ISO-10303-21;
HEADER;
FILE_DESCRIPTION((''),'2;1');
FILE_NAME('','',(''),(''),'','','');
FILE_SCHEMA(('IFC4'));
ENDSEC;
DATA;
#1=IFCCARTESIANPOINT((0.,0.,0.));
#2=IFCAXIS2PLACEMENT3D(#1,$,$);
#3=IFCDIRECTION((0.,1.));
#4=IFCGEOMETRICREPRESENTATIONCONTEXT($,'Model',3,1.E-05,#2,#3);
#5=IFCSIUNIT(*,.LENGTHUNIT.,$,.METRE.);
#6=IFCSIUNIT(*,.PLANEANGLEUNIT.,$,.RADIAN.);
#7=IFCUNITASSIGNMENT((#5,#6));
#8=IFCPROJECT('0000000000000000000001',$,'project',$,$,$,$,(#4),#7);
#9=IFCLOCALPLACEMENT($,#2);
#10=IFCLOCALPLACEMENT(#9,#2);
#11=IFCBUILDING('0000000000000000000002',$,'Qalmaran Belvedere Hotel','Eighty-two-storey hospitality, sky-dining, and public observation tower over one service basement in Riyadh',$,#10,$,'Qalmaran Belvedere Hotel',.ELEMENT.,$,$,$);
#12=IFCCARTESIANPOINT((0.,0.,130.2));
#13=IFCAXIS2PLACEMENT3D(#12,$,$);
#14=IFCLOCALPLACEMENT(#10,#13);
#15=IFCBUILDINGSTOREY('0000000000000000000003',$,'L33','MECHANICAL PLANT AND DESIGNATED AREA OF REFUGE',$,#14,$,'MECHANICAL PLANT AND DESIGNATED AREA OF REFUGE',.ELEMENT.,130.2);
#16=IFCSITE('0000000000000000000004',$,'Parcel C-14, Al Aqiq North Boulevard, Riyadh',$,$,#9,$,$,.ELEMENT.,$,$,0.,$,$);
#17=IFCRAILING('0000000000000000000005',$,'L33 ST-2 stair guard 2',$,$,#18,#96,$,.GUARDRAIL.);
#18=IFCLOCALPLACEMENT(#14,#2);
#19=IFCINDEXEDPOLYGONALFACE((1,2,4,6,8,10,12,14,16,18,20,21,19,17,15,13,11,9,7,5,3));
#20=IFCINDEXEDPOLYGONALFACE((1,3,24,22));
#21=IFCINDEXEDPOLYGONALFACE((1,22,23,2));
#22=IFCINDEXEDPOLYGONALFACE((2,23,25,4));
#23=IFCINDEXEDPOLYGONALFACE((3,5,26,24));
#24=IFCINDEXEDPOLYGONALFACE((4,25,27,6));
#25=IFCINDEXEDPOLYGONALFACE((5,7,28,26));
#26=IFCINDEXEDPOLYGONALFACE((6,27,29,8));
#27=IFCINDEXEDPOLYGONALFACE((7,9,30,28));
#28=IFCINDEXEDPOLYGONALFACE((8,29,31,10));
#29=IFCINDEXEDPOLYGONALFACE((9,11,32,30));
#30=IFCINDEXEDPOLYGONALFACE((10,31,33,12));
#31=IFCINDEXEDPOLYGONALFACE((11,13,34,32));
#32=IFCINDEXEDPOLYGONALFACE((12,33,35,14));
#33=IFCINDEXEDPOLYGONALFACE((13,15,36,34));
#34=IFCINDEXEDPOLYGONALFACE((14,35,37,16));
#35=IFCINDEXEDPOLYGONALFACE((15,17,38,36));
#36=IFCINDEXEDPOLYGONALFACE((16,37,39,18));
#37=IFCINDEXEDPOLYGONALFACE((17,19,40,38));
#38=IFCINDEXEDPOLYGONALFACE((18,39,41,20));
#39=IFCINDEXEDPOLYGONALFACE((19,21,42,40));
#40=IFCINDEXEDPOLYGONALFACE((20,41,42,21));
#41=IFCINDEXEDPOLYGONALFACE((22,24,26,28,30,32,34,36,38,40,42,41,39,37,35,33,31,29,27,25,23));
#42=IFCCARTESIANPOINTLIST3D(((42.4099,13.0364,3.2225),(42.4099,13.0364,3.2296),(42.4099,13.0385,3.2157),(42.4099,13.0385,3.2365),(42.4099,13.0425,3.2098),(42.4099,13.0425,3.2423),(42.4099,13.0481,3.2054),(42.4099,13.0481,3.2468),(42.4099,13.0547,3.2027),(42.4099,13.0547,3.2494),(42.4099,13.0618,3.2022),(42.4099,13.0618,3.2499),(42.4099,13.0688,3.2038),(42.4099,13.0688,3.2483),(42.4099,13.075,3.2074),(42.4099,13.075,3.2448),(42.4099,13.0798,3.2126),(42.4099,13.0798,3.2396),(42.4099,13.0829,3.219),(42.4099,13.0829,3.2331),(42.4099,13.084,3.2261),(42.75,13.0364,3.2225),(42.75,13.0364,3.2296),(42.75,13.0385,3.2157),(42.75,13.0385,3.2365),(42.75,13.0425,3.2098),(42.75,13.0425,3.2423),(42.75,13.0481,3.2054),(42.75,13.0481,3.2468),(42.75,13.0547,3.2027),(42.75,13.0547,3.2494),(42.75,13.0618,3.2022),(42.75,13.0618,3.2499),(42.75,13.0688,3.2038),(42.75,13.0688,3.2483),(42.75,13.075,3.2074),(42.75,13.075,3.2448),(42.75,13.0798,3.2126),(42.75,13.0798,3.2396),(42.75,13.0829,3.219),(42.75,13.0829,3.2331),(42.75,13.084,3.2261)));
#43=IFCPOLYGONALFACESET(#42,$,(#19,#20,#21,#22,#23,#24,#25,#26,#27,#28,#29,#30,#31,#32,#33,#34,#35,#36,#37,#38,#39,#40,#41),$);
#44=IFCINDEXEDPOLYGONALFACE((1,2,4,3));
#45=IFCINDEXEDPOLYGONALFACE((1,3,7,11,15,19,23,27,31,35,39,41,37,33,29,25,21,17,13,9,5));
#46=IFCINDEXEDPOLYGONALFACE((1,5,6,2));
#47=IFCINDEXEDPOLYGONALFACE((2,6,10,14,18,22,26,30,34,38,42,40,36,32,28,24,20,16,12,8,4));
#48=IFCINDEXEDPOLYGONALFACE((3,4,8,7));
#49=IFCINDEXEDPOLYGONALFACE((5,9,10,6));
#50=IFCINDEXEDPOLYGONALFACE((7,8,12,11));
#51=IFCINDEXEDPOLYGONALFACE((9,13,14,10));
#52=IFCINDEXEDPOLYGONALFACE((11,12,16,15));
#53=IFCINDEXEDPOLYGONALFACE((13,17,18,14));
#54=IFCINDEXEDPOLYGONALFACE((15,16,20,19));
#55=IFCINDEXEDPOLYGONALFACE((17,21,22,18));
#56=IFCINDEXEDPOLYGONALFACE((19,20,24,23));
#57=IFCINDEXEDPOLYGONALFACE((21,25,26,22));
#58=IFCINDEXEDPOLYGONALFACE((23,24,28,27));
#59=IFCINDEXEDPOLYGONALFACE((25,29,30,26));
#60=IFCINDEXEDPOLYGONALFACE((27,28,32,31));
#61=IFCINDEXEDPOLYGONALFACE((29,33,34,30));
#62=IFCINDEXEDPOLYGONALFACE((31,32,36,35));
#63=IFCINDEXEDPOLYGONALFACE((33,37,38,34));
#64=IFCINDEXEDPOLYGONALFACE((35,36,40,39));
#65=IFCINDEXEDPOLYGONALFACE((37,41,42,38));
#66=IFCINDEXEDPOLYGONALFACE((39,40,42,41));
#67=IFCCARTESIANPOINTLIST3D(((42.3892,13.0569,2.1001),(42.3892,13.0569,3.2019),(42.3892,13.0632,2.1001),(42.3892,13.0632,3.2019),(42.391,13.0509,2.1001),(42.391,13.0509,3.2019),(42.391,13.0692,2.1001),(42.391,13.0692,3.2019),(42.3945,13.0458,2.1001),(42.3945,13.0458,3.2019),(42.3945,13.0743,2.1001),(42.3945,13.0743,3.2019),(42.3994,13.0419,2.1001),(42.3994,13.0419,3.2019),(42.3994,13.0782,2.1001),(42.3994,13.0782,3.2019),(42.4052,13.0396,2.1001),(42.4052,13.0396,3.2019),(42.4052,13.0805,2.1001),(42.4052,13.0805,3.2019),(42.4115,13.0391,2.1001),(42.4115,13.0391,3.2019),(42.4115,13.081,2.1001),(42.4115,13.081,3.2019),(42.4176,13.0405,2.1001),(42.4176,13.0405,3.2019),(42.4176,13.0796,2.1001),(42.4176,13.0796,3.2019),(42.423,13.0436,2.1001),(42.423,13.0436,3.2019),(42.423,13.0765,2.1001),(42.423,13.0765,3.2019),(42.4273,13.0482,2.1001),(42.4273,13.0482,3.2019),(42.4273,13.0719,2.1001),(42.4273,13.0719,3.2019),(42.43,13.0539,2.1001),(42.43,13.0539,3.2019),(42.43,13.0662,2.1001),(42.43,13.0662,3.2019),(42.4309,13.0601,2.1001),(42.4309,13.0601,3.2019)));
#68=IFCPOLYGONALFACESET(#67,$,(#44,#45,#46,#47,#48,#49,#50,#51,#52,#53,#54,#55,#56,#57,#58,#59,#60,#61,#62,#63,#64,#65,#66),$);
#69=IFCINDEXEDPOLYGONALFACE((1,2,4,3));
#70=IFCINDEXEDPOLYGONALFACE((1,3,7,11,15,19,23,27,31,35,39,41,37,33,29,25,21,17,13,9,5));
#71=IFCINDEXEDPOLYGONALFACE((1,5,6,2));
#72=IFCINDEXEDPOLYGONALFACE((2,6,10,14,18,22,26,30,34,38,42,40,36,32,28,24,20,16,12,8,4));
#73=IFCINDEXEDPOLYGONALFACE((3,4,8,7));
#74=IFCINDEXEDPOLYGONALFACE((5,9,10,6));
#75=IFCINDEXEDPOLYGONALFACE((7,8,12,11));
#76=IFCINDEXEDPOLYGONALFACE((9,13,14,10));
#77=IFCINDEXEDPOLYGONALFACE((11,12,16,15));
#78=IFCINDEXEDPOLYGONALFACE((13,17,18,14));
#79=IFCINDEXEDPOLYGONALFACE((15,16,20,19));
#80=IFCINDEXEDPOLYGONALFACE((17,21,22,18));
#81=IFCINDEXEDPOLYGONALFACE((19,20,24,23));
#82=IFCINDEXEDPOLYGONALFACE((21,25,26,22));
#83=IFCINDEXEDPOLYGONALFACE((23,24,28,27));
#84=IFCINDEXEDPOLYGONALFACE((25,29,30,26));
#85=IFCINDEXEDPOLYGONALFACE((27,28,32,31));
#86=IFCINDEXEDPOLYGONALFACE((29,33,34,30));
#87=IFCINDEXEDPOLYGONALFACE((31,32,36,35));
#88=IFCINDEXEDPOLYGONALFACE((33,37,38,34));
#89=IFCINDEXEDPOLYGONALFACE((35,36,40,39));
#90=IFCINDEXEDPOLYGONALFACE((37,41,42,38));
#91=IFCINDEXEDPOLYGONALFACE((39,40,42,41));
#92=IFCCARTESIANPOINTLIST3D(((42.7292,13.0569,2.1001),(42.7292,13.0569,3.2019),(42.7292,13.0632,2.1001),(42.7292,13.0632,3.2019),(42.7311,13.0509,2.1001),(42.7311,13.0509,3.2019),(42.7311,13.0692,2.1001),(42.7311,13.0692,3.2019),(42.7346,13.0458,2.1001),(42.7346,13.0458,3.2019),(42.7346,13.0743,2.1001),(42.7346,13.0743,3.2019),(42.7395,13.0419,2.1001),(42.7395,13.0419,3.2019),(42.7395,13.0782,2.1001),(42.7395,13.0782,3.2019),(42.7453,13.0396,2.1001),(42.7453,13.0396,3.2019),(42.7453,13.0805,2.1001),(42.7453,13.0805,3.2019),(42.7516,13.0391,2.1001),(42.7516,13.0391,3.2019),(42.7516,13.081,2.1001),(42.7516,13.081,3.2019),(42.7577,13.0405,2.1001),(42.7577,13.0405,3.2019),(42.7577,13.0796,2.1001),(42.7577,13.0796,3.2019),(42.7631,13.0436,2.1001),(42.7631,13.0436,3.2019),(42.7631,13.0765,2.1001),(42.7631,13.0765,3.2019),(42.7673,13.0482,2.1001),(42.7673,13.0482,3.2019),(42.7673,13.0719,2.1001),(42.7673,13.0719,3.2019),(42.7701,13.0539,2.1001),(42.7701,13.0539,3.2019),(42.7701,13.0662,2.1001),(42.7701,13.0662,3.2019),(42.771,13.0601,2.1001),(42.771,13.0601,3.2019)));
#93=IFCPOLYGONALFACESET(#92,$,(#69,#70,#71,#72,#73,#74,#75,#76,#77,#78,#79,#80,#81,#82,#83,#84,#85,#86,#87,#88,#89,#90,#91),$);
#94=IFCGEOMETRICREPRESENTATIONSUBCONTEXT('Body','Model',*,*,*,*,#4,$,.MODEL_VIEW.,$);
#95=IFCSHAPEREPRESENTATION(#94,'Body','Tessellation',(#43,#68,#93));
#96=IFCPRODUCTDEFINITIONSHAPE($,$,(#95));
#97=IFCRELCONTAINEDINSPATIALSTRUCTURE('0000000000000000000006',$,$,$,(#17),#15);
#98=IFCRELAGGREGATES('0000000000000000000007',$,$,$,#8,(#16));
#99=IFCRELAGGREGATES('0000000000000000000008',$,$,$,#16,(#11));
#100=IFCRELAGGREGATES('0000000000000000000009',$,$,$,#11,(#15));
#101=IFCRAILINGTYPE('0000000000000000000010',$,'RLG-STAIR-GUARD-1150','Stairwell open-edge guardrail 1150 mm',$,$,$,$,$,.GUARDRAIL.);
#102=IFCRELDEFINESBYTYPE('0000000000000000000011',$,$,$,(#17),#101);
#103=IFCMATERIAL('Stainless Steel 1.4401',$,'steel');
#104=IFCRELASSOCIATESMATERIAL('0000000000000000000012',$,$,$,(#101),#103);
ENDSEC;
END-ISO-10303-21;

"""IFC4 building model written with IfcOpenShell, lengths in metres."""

from ifc_helpers import new_model, si_unit, direction, frame, origin, origin_2d, place, context, subcontext, project, spatial, circle, extrude, material, type_object, element, save


model = new_model("IFC4")

# Units and contexts
model_context = context("Model", 3, precision=1e-05, world=origin(), true_north=direction((0.0, 1.0)))
body_context = subcontext(model_context, "Body", "Model", "MODEL_VIEW")
ifc_project = project(units=[si_unit("LENGTHUNIT", "METRE"), si_unit("PLANEANGLEUNIT", "RADIAN")], contexts=[model_context])

# Site, building, storey
site_placement = place(None, origin())
site = spatial("IfcSite", under=ifc_project, at=site_placement, Name="Parcel C-14, Al Aqiq North Boulevard, Riyadh", CompositionType="ELEMENT", RefElevation=0.0)
building_placement = place(site_placement, origin())
building = spatial("IfcBuilding", under=site, at=building_placement, Name="Qalmaran Belvedere Hotel", Description="Eighty-two-storey hospitality, sky-dining, and public observation tower over one service basement in Riyadh", LongName="Qalmaran Belvedere Hotel", CompositionType="ELEMENT")
storey_placement = place(building_placement, frame((0.0, 0.0, 130.2)))
storey = spatial("IfcBuildingStorey", under=building, at=storey_placement, Name="L33", Description="MECHANICAL PLANT AND DESIGNATED AREA OF REFUGE", LongName="MECHANICAL PLANT AND DESIGNATED AREA OF REFUGE", CompositionType="ELEMENT", Elevation=130.2)

# Railing
ifc_material_1 = material(Name="Stainless Steel 1.4401", Category="steel")
railing_type_1 = type_object("IfcRailingType", Name="RLG-STAIR-GUARD-1150", Description="Stairwell open-edge guardrail 1150 mm", PredefinedType="GUARDRAIL", material=ifc_material_1)
railing_1_placement = place(storey_placement, frame((42.4099, 13.0601, 2.1001)))
element("IfcRailing", 1, at=railing_1_placement, inside=storey, type_object=railing_type_1, Name="L33 ST-2 stair guard 2", PredefinedType="GUARDRAIL", context=body_context, shape_type="SweptSolid", body=[
    extrude(circle(Radius=0.0239, at=origin_2d()), frame((0.0, 0.0, 1.126), z_axis=(1.0, 0.0, 0.0), x_axis=(0.0, 1.0, 0.0)), (0.0, 0.0, 1.0), 0.3401),
    extrude(circle(Radius=0.021, at=origin_2d()), origin(), (0.0, 0.0, 1.0), 1.1018),
    extrude(circle(Radius=0.021, at=origin_2d()), frame((0.3401, 0.0, 0.0)), (0.0, 0.0, 1.0), 1.1018),
])

save(model, "model.ifc")
